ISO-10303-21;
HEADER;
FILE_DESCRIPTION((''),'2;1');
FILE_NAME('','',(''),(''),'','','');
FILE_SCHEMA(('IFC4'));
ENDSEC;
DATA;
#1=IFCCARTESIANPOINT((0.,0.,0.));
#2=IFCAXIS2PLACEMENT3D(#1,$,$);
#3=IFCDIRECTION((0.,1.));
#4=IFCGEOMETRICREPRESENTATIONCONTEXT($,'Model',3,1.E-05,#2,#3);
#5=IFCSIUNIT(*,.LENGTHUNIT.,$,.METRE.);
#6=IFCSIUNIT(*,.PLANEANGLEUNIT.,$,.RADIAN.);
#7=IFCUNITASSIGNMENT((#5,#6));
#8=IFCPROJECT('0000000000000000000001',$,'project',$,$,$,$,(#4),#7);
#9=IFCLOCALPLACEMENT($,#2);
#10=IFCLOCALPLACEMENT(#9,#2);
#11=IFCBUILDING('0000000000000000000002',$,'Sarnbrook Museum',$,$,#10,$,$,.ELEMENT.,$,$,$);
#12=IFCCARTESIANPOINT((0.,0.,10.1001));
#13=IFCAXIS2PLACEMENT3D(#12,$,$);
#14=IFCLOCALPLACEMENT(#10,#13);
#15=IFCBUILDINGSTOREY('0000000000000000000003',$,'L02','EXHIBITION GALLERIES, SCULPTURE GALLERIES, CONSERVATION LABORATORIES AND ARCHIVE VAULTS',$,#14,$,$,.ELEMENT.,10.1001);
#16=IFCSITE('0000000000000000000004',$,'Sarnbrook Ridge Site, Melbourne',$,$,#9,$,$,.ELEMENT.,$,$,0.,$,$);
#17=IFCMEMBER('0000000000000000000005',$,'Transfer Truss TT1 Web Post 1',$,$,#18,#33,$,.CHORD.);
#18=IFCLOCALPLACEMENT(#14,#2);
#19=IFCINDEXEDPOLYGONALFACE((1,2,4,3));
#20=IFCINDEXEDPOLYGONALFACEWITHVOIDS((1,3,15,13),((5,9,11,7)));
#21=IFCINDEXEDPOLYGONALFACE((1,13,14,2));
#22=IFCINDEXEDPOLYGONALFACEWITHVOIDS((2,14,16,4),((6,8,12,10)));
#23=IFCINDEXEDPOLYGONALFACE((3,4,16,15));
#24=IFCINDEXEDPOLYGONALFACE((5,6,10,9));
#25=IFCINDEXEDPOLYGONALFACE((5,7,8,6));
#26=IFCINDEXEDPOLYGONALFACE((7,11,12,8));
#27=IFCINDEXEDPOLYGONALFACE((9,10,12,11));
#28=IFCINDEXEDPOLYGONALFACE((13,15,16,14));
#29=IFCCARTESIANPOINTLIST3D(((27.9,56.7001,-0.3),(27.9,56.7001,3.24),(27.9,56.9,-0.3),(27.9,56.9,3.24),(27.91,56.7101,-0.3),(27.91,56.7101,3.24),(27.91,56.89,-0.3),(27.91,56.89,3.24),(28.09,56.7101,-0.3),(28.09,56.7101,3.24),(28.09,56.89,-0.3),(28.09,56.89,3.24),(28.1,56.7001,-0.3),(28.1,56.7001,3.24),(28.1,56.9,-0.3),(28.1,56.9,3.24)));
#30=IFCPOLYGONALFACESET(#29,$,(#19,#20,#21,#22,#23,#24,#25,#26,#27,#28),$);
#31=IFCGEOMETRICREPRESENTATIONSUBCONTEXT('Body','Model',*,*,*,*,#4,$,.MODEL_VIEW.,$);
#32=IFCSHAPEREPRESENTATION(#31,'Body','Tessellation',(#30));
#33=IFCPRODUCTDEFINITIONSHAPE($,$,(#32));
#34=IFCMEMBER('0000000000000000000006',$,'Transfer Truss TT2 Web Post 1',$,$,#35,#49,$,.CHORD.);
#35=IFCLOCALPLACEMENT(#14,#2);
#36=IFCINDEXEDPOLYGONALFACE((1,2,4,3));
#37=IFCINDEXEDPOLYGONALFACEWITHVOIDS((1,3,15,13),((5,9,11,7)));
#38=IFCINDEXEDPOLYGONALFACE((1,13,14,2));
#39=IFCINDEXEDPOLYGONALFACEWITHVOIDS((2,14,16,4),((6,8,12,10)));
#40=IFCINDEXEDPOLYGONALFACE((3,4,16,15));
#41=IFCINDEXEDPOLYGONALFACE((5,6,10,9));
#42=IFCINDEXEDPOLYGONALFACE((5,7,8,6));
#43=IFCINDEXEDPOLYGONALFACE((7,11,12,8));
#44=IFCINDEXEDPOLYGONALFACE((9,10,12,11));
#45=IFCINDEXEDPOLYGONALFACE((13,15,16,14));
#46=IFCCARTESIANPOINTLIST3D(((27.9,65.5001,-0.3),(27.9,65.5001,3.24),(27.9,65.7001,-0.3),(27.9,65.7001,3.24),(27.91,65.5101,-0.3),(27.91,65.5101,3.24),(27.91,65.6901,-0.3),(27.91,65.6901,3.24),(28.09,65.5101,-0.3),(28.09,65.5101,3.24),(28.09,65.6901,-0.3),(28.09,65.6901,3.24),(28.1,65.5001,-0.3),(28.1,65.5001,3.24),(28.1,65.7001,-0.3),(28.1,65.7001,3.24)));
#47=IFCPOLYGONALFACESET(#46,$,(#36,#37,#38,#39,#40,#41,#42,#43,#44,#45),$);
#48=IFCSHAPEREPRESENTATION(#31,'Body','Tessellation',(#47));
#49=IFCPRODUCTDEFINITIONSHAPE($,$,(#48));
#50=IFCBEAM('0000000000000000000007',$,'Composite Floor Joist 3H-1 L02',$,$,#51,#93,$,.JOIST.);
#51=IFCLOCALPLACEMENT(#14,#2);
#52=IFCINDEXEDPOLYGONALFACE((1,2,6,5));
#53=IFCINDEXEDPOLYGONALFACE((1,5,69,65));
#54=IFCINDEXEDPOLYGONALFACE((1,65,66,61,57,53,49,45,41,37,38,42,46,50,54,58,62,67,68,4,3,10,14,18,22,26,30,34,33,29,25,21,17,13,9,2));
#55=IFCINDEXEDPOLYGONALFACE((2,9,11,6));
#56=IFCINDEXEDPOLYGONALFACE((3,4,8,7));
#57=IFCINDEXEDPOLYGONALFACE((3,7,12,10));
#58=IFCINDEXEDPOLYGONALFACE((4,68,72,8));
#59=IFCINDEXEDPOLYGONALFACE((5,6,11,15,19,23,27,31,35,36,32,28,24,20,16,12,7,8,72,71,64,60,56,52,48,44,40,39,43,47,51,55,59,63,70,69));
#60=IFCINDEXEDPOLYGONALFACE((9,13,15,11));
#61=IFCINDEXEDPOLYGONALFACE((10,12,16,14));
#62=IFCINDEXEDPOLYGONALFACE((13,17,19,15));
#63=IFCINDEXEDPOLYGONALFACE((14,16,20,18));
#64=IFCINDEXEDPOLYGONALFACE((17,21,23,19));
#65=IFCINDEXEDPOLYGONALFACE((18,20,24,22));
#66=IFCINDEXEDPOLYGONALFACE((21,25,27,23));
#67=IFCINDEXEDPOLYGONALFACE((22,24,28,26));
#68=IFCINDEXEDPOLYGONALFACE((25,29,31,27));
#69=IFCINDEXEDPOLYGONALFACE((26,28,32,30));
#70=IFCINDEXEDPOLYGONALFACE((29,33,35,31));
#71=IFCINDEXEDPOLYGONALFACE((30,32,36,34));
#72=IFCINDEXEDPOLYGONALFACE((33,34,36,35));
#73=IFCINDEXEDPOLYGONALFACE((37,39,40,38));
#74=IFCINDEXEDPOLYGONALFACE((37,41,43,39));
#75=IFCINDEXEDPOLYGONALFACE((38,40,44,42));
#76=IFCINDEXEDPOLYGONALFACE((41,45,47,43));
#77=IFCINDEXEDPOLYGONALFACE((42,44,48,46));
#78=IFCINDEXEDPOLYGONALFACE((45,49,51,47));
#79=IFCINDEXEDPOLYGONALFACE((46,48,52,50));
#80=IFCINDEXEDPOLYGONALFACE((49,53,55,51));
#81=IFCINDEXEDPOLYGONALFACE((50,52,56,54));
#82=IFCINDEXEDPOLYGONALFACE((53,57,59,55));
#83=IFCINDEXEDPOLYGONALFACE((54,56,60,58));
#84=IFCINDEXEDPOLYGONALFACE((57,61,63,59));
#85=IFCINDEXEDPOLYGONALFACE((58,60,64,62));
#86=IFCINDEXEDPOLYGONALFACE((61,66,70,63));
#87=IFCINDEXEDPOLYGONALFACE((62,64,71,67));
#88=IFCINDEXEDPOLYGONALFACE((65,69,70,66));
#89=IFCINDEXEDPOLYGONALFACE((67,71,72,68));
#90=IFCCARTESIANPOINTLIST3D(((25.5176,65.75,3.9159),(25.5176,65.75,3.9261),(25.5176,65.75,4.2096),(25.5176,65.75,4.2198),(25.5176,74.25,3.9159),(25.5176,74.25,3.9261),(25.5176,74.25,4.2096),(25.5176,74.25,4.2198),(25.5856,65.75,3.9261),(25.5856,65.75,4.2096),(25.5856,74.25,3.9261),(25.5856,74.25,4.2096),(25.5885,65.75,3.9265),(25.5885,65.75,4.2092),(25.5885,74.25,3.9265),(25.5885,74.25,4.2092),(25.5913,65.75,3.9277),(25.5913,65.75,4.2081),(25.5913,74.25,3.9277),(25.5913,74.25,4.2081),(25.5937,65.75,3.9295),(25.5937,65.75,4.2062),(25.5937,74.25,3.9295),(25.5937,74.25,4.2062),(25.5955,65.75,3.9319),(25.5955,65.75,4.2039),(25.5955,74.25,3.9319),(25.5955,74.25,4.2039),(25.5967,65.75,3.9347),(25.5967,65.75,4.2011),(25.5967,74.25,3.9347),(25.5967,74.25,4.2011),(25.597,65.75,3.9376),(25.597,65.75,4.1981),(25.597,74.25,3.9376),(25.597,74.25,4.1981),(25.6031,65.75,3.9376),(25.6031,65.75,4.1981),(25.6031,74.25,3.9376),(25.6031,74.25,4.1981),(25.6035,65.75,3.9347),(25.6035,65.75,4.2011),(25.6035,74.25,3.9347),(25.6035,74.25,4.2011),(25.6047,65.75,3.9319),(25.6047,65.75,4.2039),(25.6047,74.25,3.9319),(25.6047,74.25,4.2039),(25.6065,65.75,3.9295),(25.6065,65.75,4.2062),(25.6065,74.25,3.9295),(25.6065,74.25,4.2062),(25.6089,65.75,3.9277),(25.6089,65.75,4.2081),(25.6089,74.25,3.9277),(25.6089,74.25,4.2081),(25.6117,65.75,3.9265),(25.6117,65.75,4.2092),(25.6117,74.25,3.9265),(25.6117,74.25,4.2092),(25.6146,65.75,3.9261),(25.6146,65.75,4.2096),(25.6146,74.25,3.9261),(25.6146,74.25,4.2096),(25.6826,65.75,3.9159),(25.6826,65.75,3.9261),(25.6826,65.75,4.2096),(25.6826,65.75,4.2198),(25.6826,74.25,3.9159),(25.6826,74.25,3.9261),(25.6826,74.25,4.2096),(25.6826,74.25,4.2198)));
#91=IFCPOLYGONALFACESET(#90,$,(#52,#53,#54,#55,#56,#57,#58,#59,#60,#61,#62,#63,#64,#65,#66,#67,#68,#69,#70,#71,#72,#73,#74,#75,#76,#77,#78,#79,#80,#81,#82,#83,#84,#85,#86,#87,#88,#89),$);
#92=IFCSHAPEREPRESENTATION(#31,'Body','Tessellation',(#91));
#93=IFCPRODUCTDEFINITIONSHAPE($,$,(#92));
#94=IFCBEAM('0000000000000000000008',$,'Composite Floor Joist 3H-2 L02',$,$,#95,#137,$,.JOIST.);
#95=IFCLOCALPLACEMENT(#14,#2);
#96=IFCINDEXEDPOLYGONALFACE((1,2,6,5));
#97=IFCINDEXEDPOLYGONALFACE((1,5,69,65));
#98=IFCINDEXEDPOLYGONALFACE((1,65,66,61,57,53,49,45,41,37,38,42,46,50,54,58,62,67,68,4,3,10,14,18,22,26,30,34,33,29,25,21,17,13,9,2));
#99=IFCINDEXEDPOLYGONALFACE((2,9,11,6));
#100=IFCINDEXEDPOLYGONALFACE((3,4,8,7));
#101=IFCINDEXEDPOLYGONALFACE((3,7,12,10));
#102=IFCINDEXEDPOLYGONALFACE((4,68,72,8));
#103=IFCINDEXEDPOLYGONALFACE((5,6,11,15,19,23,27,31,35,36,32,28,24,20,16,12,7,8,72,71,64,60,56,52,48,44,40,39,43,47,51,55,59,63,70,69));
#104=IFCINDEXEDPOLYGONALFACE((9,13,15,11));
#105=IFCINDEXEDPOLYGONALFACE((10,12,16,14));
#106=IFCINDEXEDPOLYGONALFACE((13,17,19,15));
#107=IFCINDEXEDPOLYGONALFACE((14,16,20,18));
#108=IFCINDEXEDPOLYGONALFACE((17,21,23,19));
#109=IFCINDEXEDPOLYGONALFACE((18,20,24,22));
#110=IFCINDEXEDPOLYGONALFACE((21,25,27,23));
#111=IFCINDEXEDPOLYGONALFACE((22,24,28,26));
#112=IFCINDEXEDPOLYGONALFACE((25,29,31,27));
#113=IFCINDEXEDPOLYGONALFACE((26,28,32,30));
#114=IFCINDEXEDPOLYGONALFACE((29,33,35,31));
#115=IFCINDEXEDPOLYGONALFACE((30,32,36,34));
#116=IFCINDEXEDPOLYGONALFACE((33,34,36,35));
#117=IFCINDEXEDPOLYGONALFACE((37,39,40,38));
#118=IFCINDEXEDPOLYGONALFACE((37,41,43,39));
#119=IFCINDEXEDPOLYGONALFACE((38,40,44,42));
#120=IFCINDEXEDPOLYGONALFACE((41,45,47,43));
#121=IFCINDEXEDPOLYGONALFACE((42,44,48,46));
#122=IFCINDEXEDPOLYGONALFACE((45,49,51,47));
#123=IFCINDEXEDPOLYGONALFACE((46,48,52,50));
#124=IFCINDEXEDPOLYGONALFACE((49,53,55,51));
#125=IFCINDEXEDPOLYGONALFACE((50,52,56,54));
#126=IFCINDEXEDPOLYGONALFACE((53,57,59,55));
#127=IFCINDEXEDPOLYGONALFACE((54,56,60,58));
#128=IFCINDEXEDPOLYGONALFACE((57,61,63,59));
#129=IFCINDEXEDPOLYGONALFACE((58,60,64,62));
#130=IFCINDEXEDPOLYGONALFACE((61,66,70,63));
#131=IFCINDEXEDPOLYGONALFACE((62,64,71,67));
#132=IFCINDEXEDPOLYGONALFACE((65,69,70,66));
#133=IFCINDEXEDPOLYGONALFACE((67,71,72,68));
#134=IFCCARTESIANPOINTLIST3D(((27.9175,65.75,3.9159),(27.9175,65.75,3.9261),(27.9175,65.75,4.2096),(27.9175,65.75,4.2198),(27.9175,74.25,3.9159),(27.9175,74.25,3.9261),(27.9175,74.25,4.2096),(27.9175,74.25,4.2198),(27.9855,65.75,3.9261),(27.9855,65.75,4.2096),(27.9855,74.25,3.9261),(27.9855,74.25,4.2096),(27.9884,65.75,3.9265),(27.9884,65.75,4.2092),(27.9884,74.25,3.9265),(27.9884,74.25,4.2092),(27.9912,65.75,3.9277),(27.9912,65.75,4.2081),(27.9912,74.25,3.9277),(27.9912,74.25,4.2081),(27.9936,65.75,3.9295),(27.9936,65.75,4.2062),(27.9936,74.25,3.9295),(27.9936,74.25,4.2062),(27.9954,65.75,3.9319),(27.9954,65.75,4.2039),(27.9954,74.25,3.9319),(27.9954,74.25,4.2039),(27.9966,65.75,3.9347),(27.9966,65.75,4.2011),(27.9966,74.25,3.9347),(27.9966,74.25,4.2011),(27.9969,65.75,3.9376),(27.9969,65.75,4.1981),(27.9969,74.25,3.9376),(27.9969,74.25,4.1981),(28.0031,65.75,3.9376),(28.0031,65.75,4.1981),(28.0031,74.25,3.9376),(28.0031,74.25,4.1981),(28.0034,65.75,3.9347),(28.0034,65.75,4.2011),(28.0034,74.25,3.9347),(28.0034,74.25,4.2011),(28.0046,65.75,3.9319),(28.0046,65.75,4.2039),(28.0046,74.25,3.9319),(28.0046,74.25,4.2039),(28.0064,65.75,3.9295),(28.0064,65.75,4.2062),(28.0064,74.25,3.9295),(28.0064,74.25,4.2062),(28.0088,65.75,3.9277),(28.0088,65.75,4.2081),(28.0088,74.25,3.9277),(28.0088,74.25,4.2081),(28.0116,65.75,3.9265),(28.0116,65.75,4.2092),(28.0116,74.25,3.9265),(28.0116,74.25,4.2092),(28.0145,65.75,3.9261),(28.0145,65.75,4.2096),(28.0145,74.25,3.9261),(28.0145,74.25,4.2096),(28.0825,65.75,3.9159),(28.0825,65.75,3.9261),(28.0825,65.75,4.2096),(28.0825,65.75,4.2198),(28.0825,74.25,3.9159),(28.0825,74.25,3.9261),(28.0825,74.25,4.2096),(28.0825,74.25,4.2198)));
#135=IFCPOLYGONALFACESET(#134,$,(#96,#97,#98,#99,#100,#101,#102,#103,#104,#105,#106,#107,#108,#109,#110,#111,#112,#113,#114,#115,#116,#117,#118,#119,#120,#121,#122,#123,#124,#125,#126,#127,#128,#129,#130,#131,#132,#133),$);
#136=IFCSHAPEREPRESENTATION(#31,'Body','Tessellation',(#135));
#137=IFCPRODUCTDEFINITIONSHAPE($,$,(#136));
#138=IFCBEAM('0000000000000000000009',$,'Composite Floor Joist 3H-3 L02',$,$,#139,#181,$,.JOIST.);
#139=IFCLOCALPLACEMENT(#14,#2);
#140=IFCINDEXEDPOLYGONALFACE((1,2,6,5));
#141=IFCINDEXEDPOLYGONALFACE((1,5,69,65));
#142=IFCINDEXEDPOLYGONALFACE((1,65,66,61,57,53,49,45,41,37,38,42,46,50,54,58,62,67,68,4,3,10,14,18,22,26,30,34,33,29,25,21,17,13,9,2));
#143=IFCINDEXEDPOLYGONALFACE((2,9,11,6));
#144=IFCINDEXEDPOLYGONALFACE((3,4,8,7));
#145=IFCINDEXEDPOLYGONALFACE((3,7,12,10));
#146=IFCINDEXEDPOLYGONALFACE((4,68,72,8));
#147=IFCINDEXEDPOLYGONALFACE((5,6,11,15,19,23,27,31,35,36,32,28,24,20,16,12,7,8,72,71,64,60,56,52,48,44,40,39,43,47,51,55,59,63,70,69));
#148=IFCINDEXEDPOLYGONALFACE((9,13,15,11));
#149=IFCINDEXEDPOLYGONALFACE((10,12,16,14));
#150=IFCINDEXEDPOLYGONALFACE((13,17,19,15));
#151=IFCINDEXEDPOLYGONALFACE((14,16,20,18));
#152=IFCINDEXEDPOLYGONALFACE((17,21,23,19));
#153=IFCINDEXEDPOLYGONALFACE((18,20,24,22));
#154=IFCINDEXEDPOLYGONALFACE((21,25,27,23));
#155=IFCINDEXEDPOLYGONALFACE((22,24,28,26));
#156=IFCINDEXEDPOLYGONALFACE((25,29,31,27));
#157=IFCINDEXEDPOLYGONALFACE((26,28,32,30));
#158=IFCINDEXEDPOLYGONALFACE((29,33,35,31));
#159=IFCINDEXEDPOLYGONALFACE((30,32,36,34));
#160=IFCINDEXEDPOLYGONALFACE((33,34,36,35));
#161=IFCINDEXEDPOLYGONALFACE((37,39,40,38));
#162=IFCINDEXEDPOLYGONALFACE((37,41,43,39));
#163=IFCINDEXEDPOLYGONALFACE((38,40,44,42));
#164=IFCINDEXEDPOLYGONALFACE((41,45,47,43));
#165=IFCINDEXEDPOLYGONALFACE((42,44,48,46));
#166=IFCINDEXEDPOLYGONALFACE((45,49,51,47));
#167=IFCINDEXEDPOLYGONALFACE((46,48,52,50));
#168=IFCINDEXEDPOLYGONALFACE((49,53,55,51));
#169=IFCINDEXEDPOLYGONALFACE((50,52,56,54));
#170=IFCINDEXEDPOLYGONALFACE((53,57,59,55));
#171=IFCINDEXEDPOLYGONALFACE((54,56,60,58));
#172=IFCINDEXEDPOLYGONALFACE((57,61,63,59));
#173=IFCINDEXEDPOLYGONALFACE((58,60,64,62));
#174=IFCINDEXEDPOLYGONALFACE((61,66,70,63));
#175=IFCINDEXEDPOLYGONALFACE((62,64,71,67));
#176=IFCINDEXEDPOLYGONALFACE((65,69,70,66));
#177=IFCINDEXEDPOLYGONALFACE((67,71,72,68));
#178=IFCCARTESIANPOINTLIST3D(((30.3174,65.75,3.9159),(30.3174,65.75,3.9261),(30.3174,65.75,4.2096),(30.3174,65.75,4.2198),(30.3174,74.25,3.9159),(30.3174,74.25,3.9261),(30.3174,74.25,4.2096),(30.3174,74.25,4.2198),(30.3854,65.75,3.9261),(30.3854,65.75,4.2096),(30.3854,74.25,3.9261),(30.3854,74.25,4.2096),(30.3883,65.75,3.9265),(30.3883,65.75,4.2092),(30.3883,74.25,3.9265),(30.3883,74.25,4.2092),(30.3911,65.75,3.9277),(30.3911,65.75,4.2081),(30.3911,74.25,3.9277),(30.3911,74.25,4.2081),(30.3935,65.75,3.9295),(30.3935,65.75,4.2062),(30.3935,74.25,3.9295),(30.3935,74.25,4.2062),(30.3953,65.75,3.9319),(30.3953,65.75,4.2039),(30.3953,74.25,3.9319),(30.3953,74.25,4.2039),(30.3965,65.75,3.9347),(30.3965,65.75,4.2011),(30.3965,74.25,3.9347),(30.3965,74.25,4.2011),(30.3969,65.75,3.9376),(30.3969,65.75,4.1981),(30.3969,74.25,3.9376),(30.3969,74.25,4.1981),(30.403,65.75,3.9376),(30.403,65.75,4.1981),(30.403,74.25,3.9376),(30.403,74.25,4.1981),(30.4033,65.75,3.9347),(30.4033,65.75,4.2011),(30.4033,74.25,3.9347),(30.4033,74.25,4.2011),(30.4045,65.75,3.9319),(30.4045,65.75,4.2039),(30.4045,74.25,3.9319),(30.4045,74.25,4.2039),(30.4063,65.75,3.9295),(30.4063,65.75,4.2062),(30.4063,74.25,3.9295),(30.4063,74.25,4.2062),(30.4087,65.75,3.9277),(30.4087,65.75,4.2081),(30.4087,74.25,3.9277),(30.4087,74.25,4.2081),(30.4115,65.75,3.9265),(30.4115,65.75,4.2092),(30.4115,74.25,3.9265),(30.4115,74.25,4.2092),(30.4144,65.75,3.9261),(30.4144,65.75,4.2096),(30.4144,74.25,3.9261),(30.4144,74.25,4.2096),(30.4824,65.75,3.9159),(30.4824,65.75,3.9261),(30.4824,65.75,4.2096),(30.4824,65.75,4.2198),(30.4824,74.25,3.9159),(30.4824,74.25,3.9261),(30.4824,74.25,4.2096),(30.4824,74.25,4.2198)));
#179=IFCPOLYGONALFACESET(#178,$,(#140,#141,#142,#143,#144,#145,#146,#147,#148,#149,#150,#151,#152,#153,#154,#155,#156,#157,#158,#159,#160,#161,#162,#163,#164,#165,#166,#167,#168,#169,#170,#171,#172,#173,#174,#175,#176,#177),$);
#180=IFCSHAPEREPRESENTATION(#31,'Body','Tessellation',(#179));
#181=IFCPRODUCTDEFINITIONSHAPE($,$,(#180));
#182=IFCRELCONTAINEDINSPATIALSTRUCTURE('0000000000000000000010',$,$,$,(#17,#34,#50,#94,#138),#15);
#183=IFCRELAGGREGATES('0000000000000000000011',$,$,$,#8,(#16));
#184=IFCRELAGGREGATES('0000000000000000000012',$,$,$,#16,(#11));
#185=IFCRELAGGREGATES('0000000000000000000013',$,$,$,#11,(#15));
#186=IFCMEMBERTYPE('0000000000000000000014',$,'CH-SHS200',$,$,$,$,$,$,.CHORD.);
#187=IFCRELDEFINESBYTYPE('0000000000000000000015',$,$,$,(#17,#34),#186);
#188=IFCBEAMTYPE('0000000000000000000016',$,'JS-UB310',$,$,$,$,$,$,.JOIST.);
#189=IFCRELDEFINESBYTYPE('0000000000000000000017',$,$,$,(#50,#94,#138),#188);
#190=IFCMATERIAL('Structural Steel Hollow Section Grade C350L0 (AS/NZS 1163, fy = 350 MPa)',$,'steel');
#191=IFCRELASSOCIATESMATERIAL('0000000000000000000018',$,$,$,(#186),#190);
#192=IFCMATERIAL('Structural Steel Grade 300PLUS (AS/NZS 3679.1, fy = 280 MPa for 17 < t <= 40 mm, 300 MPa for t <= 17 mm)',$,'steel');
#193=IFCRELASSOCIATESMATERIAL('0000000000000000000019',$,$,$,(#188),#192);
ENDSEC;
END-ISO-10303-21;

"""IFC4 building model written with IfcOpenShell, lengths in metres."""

from ifc_helpers import new_model, si_unit, direction, frame, origin, origin_2d, place, context, subcontext, project, spatial, hollow_rectangle, i_section, extrude, material, material_profile, profile_set, type_object, element, save


model = new_model("IFC4")

# Units and contexts
model_context = context("Model", 3, precision=1e-05, world=origin(), true_north=direction((0.0, 1.0)))
body_context = subcontext(model_context, "Body", "Model", "MODEL_VIEW")
ifc_project = project(units=[si_unit("LENGTHUNIT", "METRE"), si_unit("PLANEANGLEUNIT", "RADIAN")], contexts=[model_context])

# Site, building, storey
site_placement = place(None, origin())
site = spatial("IfcSite", under=ifc_project, at=site_placement, Name="Sarnbrook Ridge Site, Melbourne", CompositionType="ELEMENT", RefElevation=0.0)
building_placement = place(site_placement, origin())
building = spatial("IfcBuilding", under=site, at=building_placement, Name="Sarnbrook Museum", CompositionType="ELEMENT")
storey_placement = place(building_placement, frame((0.0, 0.0, 10.1001)))
storey = spatial("IfcBuildingStorey", under=building, at=storey_placement, Name="L02", Description="EXHIBITION GALLERIES, SCULPTURE GALLERIES, CONSERVATION LABORATORIES AND ARCHIVE VAULTS", CompositionType="ELEMENT", Elevation=10.1001)

# Members
ifc_material_1 = material(Name="Structural Steel Hollow Section Grade C350L0 (AS/NZS 1163, fy = 350 MPa)", Category="steel")
ifc_material_profile_1 = material_profile(ifc_material_1, hollow_rectangle(XDim=0.2, YDim=0.2, WallThickness=0.01, at=origin_2d()), Name="200x200x10.0SHS")
ifc_profile_set_1 = profile_set([ifc_material_profile_1], Name="Structural Steel Hollow Section Grade C350L0 (AS/NZS 1163, fy = 350 MPa)")
member_type_1 = type_object("IfcMemberType", Name="CH-SHS200", PredefinedType="CHORD", material=ifc_profile_set_1)
for number, where, z_axis, x_axis, name in (
    (1, (28.0, 56.8, -0.3), (0.0, 0.0, 1.0), (1.0, 0.0, 0.0), "Transfer Truss TT1 Web Post 1"),
    (2, (28.0, 65.6001, -0.3), (0.0, 0.0, 1.0), (1.0, 0.0, 0.0), "Transfer Truss TT2 Web Post 1"),
):
    element("IfcMember", number, at=place(storey_placement, frame(where, z_axis=z_axis, x_axis=x_axis)), inside=storey, type_object=member_type_1, Name=name, PredefinedType="CHORD", context=body_context, shape_type="SweptSolid", body=[
        extrude(hollow_rectangle(XDim=0.2, YDim=0.2, WallThickness=0.01, at=origin_2d()), origin(), (0.0, 0.0, 1.0), 3.54),
    ])

# Beams
ifc_material_2 = material(Name="Structural Steel Grade 300PLUS (AS/NZS 3679.1, fy = 280 MPa for 17 < t <= 40 mm, 300 MPa for t <= 17 mm)", Category="steel")
ifc_material_profile_2 = material_profile(ifc_material_2, i_section(OverallWidth=0.165, OverallDepth=0.304, WebThickness=0.0061, FlangeThickness=0.0103, FilletRadius=0.0115, at=origin_2d()), Name="310UB40.4")
ifc_profile_set_2 = profile_set([ifc_material_profile_2], Name="Structural Steel Grade 300PLUS (AS/NZS 3679.1, fy = 280 MPa for 17 < t <= 40 mm, 300 MPa for t <= 17 mm)")
beam_type_1 = type_object("IfcBeamType", Name="JS-UB310", PredefinedType="JOIST", material=ifc_profile_set_2)
for number, where, z_axis, x_axis, name in (
    (3, (25.6001, 65.75, 4.0679), (0.0, 1.0, 0.0), (-1.0, 0.0, 0.0), "Composite Floor Joist 3H-1 L02"),
    (4, (28.0, 65.75, 4.0679), (0.0, 1.0, 0.0), (-1.0, 0.0, 0.0), "Composite Floor Joist 3H-2 L02"),
    (5, (30.3999, 65.75, 4.0679), (0.0, 1.0, 0.0), (-1.0, 0.0, 0.0), "Composite Floor Joist 3H-3 L02"),
):
    element("IfcBeam", number, at=place(storey_placement, frame(where, z_axis=z_axis, x_axis=x_axis)), inside=storey, type_object=beam_type_1, Name=name, PredefinedType="JOIST", context=body_context, shape_type="SweptSolid", body=[
        extrude(i_section(OverallWidth=0.165, OverallDepth=0.304, WebThickness=0.0061, FlangeThickness=0.0103, FilletRadius=0.0115, at=origin_2d()), origin(), (0.0, 0.0, 1.0), 8.5),
    ])

save(model, "model.ifc")
